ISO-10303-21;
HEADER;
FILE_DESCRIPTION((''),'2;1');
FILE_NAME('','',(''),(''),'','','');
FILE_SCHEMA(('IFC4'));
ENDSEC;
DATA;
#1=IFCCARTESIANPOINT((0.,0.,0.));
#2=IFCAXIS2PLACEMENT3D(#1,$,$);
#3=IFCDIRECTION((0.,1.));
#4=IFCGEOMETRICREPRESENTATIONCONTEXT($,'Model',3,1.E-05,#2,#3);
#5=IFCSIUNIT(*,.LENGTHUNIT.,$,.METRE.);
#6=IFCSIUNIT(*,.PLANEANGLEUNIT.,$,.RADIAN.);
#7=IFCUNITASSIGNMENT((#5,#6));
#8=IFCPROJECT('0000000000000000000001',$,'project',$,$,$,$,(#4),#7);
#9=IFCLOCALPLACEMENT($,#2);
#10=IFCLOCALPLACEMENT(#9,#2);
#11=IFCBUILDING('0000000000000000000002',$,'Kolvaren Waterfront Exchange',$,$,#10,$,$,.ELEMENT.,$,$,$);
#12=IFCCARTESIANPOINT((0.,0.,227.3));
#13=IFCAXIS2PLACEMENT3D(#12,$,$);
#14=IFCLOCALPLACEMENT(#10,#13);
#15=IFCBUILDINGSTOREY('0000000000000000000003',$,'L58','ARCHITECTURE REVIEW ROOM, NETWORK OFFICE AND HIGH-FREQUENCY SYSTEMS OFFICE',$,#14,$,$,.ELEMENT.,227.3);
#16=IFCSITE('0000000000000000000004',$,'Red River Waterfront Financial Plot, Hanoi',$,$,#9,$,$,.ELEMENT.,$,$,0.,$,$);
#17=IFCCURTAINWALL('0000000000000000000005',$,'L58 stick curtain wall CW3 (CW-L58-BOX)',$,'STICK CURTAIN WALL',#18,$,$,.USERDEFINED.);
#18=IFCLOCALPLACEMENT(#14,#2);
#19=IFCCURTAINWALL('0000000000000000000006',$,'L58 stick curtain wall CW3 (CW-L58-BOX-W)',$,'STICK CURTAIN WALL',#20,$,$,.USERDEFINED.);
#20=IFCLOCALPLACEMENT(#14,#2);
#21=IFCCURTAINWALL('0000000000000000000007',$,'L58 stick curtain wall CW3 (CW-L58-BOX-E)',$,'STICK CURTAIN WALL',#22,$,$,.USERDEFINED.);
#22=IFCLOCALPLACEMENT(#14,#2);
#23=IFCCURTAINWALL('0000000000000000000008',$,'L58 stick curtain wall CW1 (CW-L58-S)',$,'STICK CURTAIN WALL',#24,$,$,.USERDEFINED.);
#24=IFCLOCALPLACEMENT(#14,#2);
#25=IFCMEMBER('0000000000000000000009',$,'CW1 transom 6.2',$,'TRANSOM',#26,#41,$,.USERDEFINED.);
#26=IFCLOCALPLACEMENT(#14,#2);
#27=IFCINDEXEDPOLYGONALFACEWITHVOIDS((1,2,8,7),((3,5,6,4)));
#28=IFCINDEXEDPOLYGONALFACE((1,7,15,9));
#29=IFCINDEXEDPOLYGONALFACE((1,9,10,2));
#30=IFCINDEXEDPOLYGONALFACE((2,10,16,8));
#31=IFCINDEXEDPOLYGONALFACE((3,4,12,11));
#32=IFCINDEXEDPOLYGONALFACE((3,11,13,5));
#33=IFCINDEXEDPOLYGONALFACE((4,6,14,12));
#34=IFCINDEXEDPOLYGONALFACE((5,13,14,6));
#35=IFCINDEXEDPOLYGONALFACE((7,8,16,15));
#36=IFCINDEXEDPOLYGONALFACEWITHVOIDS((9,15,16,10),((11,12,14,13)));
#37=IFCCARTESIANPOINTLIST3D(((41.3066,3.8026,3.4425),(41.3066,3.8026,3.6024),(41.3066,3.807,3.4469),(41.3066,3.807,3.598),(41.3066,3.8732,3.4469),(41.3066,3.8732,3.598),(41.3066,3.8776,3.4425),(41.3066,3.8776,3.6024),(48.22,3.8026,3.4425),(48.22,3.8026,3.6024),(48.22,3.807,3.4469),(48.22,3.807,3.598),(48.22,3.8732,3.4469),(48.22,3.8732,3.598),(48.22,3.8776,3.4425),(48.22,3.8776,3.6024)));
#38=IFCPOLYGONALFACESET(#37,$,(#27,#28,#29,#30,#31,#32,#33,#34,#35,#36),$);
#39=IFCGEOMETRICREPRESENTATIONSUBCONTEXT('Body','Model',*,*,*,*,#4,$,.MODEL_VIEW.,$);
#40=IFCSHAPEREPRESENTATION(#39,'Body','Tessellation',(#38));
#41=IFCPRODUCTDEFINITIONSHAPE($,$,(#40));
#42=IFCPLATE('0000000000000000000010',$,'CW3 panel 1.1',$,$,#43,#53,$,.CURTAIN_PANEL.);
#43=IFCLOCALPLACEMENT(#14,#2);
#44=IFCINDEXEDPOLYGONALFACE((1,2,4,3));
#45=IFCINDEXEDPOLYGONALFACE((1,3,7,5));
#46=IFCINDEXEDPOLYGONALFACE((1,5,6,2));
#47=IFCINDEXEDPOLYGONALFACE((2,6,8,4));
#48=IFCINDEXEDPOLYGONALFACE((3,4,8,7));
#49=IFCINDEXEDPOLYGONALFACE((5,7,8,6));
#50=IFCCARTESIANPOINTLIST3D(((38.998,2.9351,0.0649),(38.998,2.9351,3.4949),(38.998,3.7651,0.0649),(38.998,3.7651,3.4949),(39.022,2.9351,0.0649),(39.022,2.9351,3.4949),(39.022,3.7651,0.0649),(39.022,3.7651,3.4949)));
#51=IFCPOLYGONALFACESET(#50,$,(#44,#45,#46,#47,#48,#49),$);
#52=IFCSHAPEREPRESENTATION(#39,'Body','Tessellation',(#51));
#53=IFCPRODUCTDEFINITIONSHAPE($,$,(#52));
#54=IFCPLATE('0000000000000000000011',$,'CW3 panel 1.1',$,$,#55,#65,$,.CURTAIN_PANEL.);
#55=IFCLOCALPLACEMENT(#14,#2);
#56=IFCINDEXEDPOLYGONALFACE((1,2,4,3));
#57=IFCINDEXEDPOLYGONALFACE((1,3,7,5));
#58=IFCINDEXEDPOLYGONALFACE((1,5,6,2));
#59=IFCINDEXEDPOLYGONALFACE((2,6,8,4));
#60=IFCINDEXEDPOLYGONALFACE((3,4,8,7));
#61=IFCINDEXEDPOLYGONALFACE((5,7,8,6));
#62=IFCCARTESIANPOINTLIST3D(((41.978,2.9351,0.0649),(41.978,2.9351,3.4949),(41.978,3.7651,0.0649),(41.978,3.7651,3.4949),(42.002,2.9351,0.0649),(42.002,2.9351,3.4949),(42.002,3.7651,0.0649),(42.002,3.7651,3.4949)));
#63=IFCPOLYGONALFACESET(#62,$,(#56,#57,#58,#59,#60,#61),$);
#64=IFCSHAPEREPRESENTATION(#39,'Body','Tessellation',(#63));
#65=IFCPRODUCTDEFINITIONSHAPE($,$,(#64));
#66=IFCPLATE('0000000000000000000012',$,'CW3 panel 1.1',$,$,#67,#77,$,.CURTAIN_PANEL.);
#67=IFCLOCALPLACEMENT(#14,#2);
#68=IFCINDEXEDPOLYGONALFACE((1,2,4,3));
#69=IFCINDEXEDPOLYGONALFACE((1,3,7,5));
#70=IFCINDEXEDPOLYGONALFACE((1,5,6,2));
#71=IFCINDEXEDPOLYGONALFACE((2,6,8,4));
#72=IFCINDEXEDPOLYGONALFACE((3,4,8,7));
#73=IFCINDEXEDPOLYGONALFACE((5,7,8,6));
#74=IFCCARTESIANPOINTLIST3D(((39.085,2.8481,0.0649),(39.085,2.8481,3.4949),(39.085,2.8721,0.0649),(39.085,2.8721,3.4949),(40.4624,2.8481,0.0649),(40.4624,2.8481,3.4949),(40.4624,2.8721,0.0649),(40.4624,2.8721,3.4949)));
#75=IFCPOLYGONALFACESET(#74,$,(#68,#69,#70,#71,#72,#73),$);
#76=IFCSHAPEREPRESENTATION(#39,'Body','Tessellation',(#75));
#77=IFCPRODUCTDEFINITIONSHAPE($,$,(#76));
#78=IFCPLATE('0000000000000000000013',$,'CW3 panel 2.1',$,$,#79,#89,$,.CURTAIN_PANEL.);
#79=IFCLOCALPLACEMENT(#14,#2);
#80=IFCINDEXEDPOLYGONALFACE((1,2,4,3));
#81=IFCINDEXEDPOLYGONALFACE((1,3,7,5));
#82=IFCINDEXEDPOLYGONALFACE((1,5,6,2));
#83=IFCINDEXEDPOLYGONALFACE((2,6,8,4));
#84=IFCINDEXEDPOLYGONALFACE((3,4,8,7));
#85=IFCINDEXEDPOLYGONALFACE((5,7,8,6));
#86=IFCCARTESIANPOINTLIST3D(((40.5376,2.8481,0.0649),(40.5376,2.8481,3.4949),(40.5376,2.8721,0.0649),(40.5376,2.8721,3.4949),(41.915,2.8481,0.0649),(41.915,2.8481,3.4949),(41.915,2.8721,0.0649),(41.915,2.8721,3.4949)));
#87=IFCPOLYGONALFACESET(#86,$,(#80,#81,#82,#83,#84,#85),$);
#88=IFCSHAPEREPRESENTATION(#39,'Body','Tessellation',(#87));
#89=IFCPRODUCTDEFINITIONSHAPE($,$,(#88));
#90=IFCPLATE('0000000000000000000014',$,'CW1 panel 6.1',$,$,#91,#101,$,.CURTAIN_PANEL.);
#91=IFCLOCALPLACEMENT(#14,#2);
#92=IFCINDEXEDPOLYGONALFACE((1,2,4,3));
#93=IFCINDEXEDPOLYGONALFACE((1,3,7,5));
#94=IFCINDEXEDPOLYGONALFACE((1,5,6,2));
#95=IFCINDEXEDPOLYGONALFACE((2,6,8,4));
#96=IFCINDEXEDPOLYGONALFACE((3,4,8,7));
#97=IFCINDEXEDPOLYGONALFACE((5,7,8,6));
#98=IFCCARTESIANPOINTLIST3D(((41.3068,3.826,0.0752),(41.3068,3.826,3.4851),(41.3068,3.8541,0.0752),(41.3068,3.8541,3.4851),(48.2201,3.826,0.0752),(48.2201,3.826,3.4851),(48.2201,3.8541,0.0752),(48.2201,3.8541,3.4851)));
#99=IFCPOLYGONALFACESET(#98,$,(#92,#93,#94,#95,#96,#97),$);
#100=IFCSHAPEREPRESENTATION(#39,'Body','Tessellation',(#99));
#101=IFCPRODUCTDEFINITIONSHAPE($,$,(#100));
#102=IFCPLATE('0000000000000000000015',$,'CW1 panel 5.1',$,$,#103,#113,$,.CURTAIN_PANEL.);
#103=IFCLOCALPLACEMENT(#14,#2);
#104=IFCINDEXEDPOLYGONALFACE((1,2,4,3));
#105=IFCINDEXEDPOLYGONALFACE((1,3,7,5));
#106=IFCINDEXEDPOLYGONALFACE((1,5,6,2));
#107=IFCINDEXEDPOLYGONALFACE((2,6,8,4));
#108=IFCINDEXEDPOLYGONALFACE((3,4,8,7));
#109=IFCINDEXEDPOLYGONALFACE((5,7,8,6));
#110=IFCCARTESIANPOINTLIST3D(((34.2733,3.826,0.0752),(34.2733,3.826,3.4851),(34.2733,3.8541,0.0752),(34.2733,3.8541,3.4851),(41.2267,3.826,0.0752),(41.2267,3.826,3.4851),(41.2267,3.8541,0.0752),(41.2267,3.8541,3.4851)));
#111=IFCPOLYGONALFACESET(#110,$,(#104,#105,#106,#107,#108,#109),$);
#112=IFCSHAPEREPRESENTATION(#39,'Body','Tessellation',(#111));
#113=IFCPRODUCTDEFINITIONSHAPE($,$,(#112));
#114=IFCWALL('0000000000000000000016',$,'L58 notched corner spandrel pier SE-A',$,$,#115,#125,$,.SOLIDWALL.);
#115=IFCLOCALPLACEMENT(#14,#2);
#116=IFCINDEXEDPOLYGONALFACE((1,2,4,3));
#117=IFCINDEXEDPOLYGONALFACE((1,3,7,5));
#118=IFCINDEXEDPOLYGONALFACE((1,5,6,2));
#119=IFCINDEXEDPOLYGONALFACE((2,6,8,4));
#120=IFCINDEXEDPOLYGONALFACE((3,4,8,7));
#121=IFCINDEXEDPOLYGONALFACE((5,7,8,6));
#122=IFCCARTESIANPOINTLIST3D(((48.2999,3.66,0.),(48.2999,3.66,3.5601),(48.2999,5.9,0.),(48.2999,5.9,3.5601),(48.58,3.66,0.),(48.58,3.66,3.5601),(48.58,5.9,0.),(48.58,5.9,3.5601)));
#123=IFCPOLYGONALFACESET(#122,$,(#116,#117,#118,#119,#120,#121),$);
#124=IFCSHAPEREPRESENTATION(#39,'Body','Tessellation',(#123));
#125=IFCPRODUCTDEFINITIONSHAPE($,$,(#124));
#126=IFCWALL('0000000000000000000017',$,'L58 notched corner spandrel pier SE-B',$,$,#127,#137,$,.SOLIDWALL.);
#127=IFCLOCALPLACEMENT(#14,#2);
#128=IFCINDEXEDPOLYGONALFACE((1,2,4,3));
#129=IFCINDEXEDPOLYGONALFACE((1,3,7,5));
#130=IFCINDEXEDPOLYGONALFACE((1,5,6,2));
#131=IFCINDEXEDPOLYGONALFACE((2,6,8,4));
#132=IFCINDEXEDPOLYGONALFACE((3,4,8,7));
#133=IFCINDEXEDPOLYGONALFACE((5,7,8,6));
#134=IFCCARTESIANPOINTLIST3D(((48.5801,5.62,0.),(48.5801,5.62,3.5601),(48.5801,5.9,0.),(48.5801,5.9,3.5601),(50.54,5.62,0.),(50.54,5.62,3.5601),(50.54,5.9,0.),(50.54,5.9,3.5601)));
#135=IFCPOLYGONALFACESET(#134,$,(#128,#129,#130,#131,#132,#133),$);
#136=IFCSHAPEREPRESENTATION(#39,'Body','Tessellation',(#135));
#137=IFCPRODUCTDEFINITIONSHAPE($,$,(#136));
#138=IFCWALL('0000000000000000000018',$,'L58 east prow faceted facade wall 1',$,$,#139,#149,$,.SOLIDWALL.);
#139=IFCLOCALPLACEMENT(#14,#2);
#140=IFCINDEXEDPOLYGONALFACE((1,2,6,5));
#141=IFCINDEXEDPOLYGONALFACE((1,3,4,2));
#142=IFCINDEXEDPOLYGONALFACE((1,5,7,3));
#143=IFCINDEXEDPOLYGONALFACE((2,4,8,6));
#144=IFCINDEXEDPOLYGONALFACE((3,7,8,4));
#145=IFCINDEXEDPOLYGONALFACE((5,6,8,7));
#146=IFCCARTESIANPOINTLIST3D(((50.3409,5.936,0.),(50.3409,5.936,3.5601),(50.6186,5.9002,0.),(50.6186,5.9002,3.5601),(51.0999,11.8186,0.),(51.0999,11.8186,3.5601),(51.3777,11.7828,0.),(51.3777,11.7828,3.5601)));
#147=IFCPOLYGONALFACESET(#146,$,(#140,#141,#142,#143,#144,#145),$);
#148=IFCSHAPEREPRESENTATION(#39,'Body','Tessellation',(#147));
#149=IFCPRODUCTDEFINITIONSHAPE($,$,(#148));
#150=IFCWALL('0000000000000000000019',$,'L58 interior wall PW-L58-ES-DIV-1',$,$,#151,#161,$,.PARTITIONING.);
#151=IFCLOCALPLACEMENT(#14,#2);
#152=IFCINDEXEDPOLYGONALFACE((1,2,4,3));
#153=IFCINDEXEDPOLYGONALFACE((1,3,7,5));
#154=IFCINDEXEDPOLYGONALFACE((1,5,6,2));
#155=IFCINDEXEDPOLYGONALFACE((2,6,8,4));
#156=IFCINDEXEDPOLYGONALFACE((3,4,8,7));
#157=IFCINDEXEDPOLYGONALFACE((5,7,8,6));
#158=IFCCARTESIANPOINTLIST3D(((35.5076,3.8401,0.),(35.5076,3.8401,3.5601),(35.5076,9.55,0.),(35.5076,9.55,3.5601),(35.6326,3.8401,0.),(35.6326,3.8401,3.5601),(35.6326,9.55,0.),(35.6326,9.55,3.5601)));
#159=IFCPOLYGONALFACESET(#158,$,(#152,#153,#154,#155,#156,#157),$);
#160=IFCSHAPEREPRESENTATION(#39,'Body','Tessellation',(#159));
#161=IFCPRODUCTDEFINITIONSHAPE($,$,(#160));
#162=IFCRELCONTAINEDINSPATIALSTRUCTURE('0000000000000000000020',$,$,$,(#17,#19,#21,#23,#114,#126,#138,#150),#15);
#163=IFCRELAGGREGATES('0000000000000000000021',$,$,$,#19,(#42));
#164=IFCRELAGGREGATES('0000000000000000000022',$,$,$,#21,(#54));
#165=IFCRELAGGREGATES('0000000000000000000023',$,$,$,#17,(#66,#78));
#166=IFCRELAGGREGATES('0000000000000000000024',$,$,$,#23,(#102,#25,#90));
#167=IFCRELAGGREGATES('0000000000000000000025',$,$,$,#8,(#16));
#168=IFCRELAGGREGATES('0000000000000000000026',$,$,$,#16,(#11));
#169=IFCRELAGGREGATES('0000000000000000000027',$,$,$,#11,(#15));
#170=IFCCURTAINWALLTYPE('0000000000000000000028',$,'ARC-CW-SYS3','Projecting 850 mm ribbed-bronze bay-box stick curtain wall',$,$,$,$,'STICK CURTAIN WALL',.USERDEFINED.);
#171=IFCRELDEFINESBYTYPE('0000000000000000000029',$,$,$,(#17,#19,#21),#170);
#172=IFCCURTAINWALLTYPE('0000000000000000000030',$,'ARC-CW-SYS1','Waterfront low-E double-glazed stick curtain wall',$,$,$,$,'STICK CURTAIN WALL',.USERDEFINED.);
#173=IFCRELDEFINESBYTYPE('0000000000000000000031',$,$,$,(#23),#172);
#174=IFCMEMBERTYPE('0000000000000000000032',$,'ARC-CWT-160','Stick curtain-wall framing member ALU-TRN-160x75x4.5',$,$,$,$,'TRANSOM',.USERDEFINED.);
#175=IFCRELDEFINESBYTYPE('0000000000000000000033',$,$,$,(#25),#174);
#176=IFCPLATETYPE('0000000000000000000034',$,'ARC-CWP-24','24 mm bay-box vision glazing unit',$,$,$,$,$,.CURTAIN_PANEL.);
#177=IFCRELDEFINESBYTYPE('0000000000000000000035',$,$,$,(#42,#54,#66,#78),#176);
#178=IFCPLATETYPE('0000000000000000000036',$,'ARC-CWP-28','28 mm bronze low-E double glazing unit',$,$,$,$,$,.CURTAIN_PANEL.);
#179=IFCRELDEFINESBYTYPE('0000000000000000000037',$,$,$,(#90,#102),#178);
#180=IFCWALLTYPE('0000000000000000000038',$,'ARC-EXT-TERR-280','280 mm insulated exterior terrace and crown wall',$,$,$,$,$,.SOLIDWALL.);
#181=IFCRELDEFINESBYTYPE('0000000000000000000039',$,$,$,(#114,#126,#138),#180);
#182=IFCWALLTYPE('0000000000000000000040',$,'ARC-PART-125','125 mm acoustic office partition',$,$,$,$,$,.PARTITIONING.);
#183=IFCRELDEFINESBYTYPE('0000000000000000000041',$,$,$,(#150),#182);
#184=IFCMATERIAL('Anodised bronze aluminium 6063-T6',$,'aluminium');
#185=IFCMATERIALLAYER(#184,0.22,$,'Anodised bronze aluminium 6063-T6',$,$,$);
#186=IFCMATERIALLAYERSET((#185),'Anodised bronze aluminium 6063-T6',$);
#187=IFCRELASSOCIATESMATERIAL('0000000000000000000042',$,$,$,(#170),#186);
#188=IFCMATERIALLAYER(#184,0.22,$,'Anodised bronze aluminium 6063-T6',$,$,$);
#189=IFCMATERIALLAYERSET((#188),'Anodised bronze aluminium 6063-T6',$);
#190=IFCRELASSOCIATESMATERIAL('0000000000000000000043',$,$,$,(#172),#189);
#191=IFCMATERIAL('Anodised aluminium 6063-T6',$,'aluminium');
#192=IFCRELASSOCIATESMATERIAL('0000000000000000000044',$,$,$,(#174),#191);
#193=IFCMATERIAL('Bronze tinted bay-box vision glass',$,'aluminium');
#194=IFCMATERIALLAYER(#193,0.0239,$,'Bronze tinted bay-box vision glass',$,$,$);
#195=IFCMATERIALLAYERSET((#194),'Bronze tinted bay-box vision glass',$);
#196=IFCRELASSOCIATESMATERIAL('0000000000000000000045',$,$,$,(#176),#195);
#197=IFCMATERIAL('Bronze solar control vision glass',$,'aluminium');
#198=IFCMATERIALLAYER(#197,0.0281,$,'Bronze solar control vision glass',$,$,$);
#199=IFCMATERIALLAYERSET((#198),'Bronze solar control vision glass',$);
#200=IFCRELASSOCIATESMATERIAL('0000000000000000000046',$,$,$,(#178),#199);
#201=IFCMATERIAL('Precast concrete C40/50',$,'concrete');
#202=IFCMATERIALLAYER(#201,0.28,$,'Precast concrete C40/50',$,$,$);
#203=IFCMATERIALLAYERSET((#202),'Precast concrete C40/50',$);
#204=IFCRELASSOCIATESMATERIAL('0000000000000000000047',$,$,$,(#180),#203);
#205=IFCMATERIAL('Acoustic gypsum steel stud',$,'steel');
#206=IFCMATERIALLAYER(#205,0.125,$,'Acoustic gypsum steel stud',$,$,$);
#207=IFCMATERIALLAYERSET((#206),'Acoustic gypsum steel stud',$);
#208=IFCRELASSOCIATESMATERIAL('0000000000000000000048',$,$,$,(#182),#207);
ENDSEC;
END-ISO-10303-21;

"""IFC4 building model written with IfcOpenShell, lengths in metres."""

from ifc_helpers import new_model, si_unit, direction, frame, frame_2d, origin, origin_with_axes, origin_2d, place, context, subcontext, project, spatial, rectangle, hollow_rectangle, extrude, source, transform, mapped, material, layer, layer_set, material_profile, profile_set, type_object, element, aggregate, save


model = new_model("IFC4")

# Units and contexts
model_context = context("Model", 3, precision=1e-05, world=origin(), true_north=direction((0.0, 1.0)))
body_context = subcontext(model_context, "Body", "Model", "MODEL_VIEW")
ifc_project = project(units=[si_unit("LENGTHUNIT", "METRE"), si_unit("PLANEANGLEUNIT", "RADIAN")], contexts=[model_context])

# Site, building, storey
site_placement = place(None, origin())
site = spatial("IfcSite", under=ifc_project, at=site_placement, Name="Red River Waterfront Financial Plot, Hanoi", CompositionType="ELEMENT", RefElevation=0.0)
building_placement = place(site_placement, origin())
building = spatial("IfcBuilding", under=site, at=building_placement, Name="Kolvaren Waterfront Exchange", CompositionType="ELEMENT")
storey_placement = place(building_placement, frame((0.0, 0.0, 227.3)))
storey = spatial("IfcBuildingStorey", under=building, at=storey_placement, Name="L58", Description="ARCHITECTURE REVIEW ROOM, NETWORK OFFICE AND HIGH-FREQUENCY SYSTEMS OFFICE", CompositionType="ELEMENT", Elevation=227.3)

# Curtain walls
ifc_material_1 = material(Name="Anodised bronze aluminium 6063-T6", Category="aluminium")
ifc_layer_1 = layer(ifc_material_1, 0.22, Name="Anodised bronze aluminium 6063-T6")
ifc_layer_set_1 = layer_set([ifc_layer_1], Name="Anodised bronze aluminium 6063-T6")
curtain_wall_type_1 = type_object("IfcCurtainWallType", Name="ARC-CW-SYS3", Description="Projecting 850 mm ribbed-bronze bay-box stick curtain wall", ElementType="STICK CURTAIN WALL", PredefinedType="USERDEFINED", material=ifc_layer_set_1)
curtain_wall_1_placement = place(storey_placement, origin())
curtain_wall_1 = element("IfcCurtainWall", 1, at=curtain_wall_1_placement, inside=storey, type_object=curtain_wall_type_1, Name="L58 stick curtain wall CW3 (CW-L58-BOX)", ObjectType="STICK CURTAIN WALL", PredefinedType="USERDEFINED")
curtain_wall_2_placement = place(storey_placement, origin())
curtain_wall_2 = element("IfcCurtainWall", 2, at=curtain_wall_2_placement, inside=storey, type_object=curtain_wall_type_1, Name="L58 stick curtain wall CW3 (CW-L58-BOX-W)", ObjectType="STICK CURTAIN WALL", PredefinedType="USERDEFINED")
curtain_wall_3_placement = place(storey_placement, origin())
curtain_wall_3 = element("IfcCurtainWall", 3, at=curtain_wall_3_placement, inside=storey, type_object=curtain_wall_type_1, Name="L58 stick curtain wall CW3 (CW-L58-BOX-E)", ObjectType="STICK CURTAIN WALL", PredefinedType="USERDEFINED")

# Curtain wall, member
ifc_layer_2 = layer(ifc_material_1, 0.22, Name="Anodised bronze aluminium 6063-T6")
ifc_layer_set_2 = layer_set([ifc_layer_2], Name="Anodised bronze aluminium 6063-T6")
curtain_wall_type_2 = type_object("IfcCurtainWallType", Name="ARC-CW-SYS1", Description="Waterfront low-E double-glazed stick curtain wall", ElementType="STICK CURTAIN WALL", PredefinedType="USERDEFINED", material=ifc_layer_set_2)
curtain_wall_4_placement = place(storey_placement, origin())
curtain_wall_4 = element("IfcCurtainWall", 4, at=curtain_wall_4_placement, inside=storey, type_object=curtain_wall_type_2, Name="L58 stick curtain wall CW1 (CW-L58-S)", ObjectType="STICK CURTAIN WALL", PredefinedType="USERDEFINED")
ifc_material_2 = material(Name="Anodised aluminium 6063-T6", Category="aluminium")
ifc_material_profile_1 = material_profile(ifc_material_2, hollow_rectangle(XDim=0.075, YDim=0.1599, WallThickness=0.0044, at=origin_2d()), Name="ALU-TRN-160x75x4.5")
ifc_profile_set_1 = profile_set([ifc_material_profile_1], Name="Anodised aluminium 6063-T6")
member_type_1 = type_object("IfcMemberType", Name="ARC-CWT-160", Description="Stick curtain-wall framing member ALU-TRN-160x75x4.5", ElementType="TRANSOM", PredefinedType="USERDEFINED", material=ifc_profile_set_1)
shared_shape_1 = source(origin_with_axes(), body_context, "Body", "SweptSolid", [
    extrude(hollow_rectangle(XDim=0.075, YDim=0.1599, WallThickness=0.0044, at=origin_2d()), origin(), (0.0, 0.0, 1.0), 6.9133),
])
member_1_placement = place(storey_placement, frame((41.3066, 3.8401, 3.5225), z_axis=(1.0, 0.0, 0.0), x_axis=(0.0, 1.0, 0.0)))
member_1 = element("IfcMember", 5, at=member_1_placement, type_object=member_type_1, Name="CW1 transom 6.2", ObjectType="TRANSOM", PredefinedType="USERDEFINED", context=body_context, shape_type="MappedRepresentation", body=[
    mapped(shared_shape_1, transform((0.0, 0.0, 0.0), x_axis=(1.0, 0.0, 0.0), y_axis=(0.0, 1.0, 0.0), z_axis=(0.0, 0.0, 1.0), scale=1.0)),
])

# Plates
ifc_material_3 = material(Name="Bronze tinted bay-box vision glass", Category="aluminium")
ifc_layer_3 = layer(ifc_material_3, 0.0239, Name="Bronze tinted bay-box vision glass")
ifc_layer_set_3 = layer_set([ifc_layer_3], Name="Bronze tinted bay-box vision glass")
plate_type_1 = type_object("IfcPlateType", Name="ARC-CWP-24", Description="24 mm bay-box vision glazing unit", PredefinedType="CURTAIN_PANEL", material=ifc_layer_set_3)
shared_shape_2 = source(origin_with_axes(), body_context, "Body", "SweptSolid", [
    extrude(rectangle(XDim=0.8301, YDim=0.0239, at=origin_2d()), origin(), (0.0, 0.0, 1.0), 3.4299),
])
plate_1_placement = place(storey_placement, frame((39.01, 3.3501, 0.0649), z_axis=(0.0, 0.0, 1.0), x_axis=(0.0, -1.0, 0.0)))
plate_1 = element("IfcPlate", 6, at=plate_1_placement, type_object=plate_type_1, Name="CW3 panel 1.1", PredefinedType="CURTAIN_PANEL", context=body_context, shape_type="MappedRepresentation", body=[
    mapped(shared_shape_2, transform((0.0, 0.0, 0.0), x_axis=(1.0, 0.0, 0.0), y_axis=(0.0, 1.0, 0.0), z_axis=(0.0, 0.0, 1.0), scale=1.0)),
])
aggregate(curtain_wall_2, [plate_1])
plate_2_placement = place(storey_placement, frame((41.99, 3.3501, 0.0649), z_axis=(0.0, 0.0, 1.0), x_axis=(0.0, 1.0, 0.0)))
plate_2 = element("IfcPlate", 7, at=plate_2_placement, type_object=plate_type_1, Name="CW3 panel 1.1", PredefinedType="CURTAIN_PANEL", context=body_context, shape_type="MappedRepresentation", body=[
    mapped(shared_shape_2, transform((0.0, 0.0, 0.0), x_axis=(1.0, 0.0, 0.0), y_axis=(0.0, 1.0, 0.0), z_axis=(0.0, 0.0, 1.0), scale=1.0)),
])
aggregate(curtain_wall_3, [plate_2])
shared_shape_3 = source(origin_with_axes(), body_context, "Body", "SweptSolid", [
    extrude(rectangle(XDim=1.3774, YDim=0.0239, at=origin_2d()), origin(), (0.0, 0.0, 1.0), 3.4299),
])
plate_3_placement = place(storey_placement, frame((39.7737, 2.8601, 0.0649), z_axis=(0.0, 0.0, 1.0), x_axis=(1.0, 0.0, 0.0)))
plate_3 = element("IfcPlate", 8, at=plate_3_placement, type_object=plate_type_1, Name="CW3 panel 1.1", PredefinedType="CURTAIN_PANEL", context=body_context, shape_type="MappedRepresentation", body=[
    mapped(shared_shape_3, transform((0.0, 0.0, 0.0), x_axis=(1.0, 0.0, 0.0), y_axis=(0.0, 1.0, 0.0), z_axis=(0.0, 0.0, 1.0), scale=1.0)),
])
plate_4_placement = place(storey_placement, frame((41.2263, 2.8601, 0.0649), z_axis=(0.0, 0.0, 1.0), x_axis=(1.0, 0.0, 0.0)))
plate_4 = element("IfcPlate", 9, at=plate_4_placement, type_object=plate_type_1, Name="CW3 panel 2.1", PredefinedType="CURTAIN_PANEL", context=body_context, shape_type="MappedRepresentation", body=[
    mapped(shared_shape_3, transform((0.0, 0.0, 0.0), x_axis=(1.0, 0.0, 0.0), y_axis=(0.0, 1.0, 0.0), z_axis=(0.0, 0.0, 1.0), scale=1.0)),
])
aggregate(curtain_wall_1, [plate_3, plate_4])
ifc_material_4 = material(Name="Bronze solar control vision glass", Category="aluminium")
ifc_layer_4 = layer(ifc_material_4, 0.0281, Name="Bronze solar control vision glass")
ifc_layer_set_4 = layer_set([ifc_layer_4], Name="Bronze solar control vision glass")
plate_type_2 = type_object("IfcPlateType", Name="ARC-CWP-28", Description="28 mm bronze low-E double glazing unit", PredefinedType="CURTAIN_PANEL", material=ifc_layer_set_4)
shared_shape_4 = source(origin_with_axes(), body_context, "Body", "SweptSolid", [
    extrude(rectangle(XDim=6.9133, YDim=0.0281, at=origin_2d()), origin(), (0.0, 0.0, 1.0), 3.4099),
])
plate_5_placement = place(storey_placement, frame((44.7634, 3.8401, 0.0752), z_axis=(0.0, 0.0, 1.0), x_axis=(1.0, 0.0, 0.0)))
plate_5 = element("IfcPlate", 10, at=plate_5_placement, type_object=plate_type_2, Name="CW1 panel 6.1", PredefinedType="CURTAIN_PANEL", context=body_context, shape_type="MappedRepresentation", body=[
    mapped(shared_shape_4, transform((0.0, 0.0, 0.0), x_axis=(1.0, 0.0, 0.0), y_axis=(0.0, 1.0, 0.0), z_axis=(0.0, 0.0, 1.0), scale=1.0)),
])
shared_shape_5 = source(origin_with_axes(), body_context, "Body", "SweptSolid", [
    extrude(rectangle(XDim=6.9534, YDim=0.0281, at=origin_2d()), origin(), (0.0, 0.0, 1.0), 3.4099),
])
plate_6_placement = place(storey_placement, frame((37.75, 3.8401, 0.0752), z_axis=(0.0, 0.0, 1.0), x_axis=(1.0, 0.0, 0.0)))
plate_6 = element("IfcPlate", 11, at=plate_6_placement, type_object=plate_type_2, Name="CW1 panel 5.1", PredefinedType="CURTAIN_PANEL", context=body_context, shape_type="MappedRepresentation", body=[
    mapped(shared_shape_5, transform((0.0, 0.0, 0.0), x_axis=(1.0, 0.0, 0.0), y_axis=(0.0, 1.0, 0.0), z_axis=(0.0, 0.0, 1.0), scale=1.0)),
])
aggregate(curtain_wall_4, [plate_6, member_1, plate_5])

# Walls
ifc_material_5 = material(Name="Precast concrete C40/50", Category="concrete")
ifc_layer_5 = layer(ifc_material_5, 0.28, Name="Precast concrete C40/50")
ifc_layer_set_5 = layer_set([ifc_layer_5], Name="Precast concrete C40/50")
wall_type_1 = type_object("IfcWallType", Name="ARC-EXT-TERR-280", Description="280 mm insulated exterior terrace and crown wall", PredefinedType="SOLIDWALL", material=ifc_layer_set_5)
wall_1_placement = place(storey_placement, frame((48.4399, 3.6599, 0.0), z_axis=(0.0, 0.0, 1.0), x_axis=(0.0, 1.0, 0.0)))
element("IfcWall", 12, at=wall_1_placement, inside=storey, type_object=wall_type_1, Name="L58 notched corner spandrel pier SE-A", PredefinedType="SOLIDWALL", context=body_context, shape_type="SweptSolid", body=[
    extrude(rectangle(XDim=2.24, YDim=0.28, at=frame_2d((1.1201, 0.0))), origin(), (0.0, 0.0, 1.0), 3.5601),
])
wall_2_placement = place(storey_placement, frame((48.5801, 5.76, 0.0), z_axis=(0.0, 0.0, 1.0), x_axis=(1.0, 0.0, 0.0)))
element("IfcWall", 13, at=wall_2_placement, inside=storey, type_object=wall_type_1, Name="L58 notched corner spandrel pier SE-B", PredefinedType="SOLIDWALL", context=body_context, shape_type="SweptSolid", body=[
    extrude(rectangle(XDim=1.96, YDim=0.28, at=frame_2d((0.98, 0.0))), origin(), (0.0, 0.0, 1.0), 3.5601),
])
wall_3_placement = place(storey_placement, frame((50.4797, 5.918, 0.0), z_axis=(0.0, 0.0, 1.0), x_axis=(0.12797, 0.991778, 0.0)))
element("IfcWall", 14, at=wall_3_placement, inside=storey, type_object=wall_type_1, Name="L58 east prow faceted facade wall 1", PredefinedType="SOLIDWALL", context=body_context, shape_type="SweptSolid", body=[
    extrude(rectangle(XDim=5.9314, YDim=0.28, at=frame_2d((2.9658, 0.0))), origin(), (0.0, 0.0, 1.0), 3.5601),
])
ifc_material_6 = material(Name="Acoustic gypsum steel stud", Category="steel")
ifc_layer_6 = layer(ifc_material_6, 0.125, Name="Acoustic gypsum steel stud")
ifc_layer_set_6 = layer_set([ifc_layer_6], Name="Acoustic gypsum steel stud")
wall_type_2 = type_object("IfcWallType", Name="ARC-PART-125", Description="125 mm acoustic office partition", PredefinedType="PARTITIONING", material=ifc_layer_set_6)
wall_4_placement = place(storey_placement, frame((35.5701, 3.8401, 0.0), z_axis=(0.0, 0.0, 1.0), x_axis=(0.0, 1.0, 0.0)))
element("IfcWall", 15, at=wall_4_placement, inside=storey, type_object=wall_type_2, Name="L58 interior wall PW-L58-ES-DIV-1", PredefinedType="PARTITIONING", context=body_context, shape_type="SweptSolid", body=[
    extrude(rectangle(XDim=5.71, YDim=0.125, at=frame_2d((2.855, 0.0))), origin(), (0.0, 0.0, 1.0), 3.5601),
])

save(model, "model.ifc")
